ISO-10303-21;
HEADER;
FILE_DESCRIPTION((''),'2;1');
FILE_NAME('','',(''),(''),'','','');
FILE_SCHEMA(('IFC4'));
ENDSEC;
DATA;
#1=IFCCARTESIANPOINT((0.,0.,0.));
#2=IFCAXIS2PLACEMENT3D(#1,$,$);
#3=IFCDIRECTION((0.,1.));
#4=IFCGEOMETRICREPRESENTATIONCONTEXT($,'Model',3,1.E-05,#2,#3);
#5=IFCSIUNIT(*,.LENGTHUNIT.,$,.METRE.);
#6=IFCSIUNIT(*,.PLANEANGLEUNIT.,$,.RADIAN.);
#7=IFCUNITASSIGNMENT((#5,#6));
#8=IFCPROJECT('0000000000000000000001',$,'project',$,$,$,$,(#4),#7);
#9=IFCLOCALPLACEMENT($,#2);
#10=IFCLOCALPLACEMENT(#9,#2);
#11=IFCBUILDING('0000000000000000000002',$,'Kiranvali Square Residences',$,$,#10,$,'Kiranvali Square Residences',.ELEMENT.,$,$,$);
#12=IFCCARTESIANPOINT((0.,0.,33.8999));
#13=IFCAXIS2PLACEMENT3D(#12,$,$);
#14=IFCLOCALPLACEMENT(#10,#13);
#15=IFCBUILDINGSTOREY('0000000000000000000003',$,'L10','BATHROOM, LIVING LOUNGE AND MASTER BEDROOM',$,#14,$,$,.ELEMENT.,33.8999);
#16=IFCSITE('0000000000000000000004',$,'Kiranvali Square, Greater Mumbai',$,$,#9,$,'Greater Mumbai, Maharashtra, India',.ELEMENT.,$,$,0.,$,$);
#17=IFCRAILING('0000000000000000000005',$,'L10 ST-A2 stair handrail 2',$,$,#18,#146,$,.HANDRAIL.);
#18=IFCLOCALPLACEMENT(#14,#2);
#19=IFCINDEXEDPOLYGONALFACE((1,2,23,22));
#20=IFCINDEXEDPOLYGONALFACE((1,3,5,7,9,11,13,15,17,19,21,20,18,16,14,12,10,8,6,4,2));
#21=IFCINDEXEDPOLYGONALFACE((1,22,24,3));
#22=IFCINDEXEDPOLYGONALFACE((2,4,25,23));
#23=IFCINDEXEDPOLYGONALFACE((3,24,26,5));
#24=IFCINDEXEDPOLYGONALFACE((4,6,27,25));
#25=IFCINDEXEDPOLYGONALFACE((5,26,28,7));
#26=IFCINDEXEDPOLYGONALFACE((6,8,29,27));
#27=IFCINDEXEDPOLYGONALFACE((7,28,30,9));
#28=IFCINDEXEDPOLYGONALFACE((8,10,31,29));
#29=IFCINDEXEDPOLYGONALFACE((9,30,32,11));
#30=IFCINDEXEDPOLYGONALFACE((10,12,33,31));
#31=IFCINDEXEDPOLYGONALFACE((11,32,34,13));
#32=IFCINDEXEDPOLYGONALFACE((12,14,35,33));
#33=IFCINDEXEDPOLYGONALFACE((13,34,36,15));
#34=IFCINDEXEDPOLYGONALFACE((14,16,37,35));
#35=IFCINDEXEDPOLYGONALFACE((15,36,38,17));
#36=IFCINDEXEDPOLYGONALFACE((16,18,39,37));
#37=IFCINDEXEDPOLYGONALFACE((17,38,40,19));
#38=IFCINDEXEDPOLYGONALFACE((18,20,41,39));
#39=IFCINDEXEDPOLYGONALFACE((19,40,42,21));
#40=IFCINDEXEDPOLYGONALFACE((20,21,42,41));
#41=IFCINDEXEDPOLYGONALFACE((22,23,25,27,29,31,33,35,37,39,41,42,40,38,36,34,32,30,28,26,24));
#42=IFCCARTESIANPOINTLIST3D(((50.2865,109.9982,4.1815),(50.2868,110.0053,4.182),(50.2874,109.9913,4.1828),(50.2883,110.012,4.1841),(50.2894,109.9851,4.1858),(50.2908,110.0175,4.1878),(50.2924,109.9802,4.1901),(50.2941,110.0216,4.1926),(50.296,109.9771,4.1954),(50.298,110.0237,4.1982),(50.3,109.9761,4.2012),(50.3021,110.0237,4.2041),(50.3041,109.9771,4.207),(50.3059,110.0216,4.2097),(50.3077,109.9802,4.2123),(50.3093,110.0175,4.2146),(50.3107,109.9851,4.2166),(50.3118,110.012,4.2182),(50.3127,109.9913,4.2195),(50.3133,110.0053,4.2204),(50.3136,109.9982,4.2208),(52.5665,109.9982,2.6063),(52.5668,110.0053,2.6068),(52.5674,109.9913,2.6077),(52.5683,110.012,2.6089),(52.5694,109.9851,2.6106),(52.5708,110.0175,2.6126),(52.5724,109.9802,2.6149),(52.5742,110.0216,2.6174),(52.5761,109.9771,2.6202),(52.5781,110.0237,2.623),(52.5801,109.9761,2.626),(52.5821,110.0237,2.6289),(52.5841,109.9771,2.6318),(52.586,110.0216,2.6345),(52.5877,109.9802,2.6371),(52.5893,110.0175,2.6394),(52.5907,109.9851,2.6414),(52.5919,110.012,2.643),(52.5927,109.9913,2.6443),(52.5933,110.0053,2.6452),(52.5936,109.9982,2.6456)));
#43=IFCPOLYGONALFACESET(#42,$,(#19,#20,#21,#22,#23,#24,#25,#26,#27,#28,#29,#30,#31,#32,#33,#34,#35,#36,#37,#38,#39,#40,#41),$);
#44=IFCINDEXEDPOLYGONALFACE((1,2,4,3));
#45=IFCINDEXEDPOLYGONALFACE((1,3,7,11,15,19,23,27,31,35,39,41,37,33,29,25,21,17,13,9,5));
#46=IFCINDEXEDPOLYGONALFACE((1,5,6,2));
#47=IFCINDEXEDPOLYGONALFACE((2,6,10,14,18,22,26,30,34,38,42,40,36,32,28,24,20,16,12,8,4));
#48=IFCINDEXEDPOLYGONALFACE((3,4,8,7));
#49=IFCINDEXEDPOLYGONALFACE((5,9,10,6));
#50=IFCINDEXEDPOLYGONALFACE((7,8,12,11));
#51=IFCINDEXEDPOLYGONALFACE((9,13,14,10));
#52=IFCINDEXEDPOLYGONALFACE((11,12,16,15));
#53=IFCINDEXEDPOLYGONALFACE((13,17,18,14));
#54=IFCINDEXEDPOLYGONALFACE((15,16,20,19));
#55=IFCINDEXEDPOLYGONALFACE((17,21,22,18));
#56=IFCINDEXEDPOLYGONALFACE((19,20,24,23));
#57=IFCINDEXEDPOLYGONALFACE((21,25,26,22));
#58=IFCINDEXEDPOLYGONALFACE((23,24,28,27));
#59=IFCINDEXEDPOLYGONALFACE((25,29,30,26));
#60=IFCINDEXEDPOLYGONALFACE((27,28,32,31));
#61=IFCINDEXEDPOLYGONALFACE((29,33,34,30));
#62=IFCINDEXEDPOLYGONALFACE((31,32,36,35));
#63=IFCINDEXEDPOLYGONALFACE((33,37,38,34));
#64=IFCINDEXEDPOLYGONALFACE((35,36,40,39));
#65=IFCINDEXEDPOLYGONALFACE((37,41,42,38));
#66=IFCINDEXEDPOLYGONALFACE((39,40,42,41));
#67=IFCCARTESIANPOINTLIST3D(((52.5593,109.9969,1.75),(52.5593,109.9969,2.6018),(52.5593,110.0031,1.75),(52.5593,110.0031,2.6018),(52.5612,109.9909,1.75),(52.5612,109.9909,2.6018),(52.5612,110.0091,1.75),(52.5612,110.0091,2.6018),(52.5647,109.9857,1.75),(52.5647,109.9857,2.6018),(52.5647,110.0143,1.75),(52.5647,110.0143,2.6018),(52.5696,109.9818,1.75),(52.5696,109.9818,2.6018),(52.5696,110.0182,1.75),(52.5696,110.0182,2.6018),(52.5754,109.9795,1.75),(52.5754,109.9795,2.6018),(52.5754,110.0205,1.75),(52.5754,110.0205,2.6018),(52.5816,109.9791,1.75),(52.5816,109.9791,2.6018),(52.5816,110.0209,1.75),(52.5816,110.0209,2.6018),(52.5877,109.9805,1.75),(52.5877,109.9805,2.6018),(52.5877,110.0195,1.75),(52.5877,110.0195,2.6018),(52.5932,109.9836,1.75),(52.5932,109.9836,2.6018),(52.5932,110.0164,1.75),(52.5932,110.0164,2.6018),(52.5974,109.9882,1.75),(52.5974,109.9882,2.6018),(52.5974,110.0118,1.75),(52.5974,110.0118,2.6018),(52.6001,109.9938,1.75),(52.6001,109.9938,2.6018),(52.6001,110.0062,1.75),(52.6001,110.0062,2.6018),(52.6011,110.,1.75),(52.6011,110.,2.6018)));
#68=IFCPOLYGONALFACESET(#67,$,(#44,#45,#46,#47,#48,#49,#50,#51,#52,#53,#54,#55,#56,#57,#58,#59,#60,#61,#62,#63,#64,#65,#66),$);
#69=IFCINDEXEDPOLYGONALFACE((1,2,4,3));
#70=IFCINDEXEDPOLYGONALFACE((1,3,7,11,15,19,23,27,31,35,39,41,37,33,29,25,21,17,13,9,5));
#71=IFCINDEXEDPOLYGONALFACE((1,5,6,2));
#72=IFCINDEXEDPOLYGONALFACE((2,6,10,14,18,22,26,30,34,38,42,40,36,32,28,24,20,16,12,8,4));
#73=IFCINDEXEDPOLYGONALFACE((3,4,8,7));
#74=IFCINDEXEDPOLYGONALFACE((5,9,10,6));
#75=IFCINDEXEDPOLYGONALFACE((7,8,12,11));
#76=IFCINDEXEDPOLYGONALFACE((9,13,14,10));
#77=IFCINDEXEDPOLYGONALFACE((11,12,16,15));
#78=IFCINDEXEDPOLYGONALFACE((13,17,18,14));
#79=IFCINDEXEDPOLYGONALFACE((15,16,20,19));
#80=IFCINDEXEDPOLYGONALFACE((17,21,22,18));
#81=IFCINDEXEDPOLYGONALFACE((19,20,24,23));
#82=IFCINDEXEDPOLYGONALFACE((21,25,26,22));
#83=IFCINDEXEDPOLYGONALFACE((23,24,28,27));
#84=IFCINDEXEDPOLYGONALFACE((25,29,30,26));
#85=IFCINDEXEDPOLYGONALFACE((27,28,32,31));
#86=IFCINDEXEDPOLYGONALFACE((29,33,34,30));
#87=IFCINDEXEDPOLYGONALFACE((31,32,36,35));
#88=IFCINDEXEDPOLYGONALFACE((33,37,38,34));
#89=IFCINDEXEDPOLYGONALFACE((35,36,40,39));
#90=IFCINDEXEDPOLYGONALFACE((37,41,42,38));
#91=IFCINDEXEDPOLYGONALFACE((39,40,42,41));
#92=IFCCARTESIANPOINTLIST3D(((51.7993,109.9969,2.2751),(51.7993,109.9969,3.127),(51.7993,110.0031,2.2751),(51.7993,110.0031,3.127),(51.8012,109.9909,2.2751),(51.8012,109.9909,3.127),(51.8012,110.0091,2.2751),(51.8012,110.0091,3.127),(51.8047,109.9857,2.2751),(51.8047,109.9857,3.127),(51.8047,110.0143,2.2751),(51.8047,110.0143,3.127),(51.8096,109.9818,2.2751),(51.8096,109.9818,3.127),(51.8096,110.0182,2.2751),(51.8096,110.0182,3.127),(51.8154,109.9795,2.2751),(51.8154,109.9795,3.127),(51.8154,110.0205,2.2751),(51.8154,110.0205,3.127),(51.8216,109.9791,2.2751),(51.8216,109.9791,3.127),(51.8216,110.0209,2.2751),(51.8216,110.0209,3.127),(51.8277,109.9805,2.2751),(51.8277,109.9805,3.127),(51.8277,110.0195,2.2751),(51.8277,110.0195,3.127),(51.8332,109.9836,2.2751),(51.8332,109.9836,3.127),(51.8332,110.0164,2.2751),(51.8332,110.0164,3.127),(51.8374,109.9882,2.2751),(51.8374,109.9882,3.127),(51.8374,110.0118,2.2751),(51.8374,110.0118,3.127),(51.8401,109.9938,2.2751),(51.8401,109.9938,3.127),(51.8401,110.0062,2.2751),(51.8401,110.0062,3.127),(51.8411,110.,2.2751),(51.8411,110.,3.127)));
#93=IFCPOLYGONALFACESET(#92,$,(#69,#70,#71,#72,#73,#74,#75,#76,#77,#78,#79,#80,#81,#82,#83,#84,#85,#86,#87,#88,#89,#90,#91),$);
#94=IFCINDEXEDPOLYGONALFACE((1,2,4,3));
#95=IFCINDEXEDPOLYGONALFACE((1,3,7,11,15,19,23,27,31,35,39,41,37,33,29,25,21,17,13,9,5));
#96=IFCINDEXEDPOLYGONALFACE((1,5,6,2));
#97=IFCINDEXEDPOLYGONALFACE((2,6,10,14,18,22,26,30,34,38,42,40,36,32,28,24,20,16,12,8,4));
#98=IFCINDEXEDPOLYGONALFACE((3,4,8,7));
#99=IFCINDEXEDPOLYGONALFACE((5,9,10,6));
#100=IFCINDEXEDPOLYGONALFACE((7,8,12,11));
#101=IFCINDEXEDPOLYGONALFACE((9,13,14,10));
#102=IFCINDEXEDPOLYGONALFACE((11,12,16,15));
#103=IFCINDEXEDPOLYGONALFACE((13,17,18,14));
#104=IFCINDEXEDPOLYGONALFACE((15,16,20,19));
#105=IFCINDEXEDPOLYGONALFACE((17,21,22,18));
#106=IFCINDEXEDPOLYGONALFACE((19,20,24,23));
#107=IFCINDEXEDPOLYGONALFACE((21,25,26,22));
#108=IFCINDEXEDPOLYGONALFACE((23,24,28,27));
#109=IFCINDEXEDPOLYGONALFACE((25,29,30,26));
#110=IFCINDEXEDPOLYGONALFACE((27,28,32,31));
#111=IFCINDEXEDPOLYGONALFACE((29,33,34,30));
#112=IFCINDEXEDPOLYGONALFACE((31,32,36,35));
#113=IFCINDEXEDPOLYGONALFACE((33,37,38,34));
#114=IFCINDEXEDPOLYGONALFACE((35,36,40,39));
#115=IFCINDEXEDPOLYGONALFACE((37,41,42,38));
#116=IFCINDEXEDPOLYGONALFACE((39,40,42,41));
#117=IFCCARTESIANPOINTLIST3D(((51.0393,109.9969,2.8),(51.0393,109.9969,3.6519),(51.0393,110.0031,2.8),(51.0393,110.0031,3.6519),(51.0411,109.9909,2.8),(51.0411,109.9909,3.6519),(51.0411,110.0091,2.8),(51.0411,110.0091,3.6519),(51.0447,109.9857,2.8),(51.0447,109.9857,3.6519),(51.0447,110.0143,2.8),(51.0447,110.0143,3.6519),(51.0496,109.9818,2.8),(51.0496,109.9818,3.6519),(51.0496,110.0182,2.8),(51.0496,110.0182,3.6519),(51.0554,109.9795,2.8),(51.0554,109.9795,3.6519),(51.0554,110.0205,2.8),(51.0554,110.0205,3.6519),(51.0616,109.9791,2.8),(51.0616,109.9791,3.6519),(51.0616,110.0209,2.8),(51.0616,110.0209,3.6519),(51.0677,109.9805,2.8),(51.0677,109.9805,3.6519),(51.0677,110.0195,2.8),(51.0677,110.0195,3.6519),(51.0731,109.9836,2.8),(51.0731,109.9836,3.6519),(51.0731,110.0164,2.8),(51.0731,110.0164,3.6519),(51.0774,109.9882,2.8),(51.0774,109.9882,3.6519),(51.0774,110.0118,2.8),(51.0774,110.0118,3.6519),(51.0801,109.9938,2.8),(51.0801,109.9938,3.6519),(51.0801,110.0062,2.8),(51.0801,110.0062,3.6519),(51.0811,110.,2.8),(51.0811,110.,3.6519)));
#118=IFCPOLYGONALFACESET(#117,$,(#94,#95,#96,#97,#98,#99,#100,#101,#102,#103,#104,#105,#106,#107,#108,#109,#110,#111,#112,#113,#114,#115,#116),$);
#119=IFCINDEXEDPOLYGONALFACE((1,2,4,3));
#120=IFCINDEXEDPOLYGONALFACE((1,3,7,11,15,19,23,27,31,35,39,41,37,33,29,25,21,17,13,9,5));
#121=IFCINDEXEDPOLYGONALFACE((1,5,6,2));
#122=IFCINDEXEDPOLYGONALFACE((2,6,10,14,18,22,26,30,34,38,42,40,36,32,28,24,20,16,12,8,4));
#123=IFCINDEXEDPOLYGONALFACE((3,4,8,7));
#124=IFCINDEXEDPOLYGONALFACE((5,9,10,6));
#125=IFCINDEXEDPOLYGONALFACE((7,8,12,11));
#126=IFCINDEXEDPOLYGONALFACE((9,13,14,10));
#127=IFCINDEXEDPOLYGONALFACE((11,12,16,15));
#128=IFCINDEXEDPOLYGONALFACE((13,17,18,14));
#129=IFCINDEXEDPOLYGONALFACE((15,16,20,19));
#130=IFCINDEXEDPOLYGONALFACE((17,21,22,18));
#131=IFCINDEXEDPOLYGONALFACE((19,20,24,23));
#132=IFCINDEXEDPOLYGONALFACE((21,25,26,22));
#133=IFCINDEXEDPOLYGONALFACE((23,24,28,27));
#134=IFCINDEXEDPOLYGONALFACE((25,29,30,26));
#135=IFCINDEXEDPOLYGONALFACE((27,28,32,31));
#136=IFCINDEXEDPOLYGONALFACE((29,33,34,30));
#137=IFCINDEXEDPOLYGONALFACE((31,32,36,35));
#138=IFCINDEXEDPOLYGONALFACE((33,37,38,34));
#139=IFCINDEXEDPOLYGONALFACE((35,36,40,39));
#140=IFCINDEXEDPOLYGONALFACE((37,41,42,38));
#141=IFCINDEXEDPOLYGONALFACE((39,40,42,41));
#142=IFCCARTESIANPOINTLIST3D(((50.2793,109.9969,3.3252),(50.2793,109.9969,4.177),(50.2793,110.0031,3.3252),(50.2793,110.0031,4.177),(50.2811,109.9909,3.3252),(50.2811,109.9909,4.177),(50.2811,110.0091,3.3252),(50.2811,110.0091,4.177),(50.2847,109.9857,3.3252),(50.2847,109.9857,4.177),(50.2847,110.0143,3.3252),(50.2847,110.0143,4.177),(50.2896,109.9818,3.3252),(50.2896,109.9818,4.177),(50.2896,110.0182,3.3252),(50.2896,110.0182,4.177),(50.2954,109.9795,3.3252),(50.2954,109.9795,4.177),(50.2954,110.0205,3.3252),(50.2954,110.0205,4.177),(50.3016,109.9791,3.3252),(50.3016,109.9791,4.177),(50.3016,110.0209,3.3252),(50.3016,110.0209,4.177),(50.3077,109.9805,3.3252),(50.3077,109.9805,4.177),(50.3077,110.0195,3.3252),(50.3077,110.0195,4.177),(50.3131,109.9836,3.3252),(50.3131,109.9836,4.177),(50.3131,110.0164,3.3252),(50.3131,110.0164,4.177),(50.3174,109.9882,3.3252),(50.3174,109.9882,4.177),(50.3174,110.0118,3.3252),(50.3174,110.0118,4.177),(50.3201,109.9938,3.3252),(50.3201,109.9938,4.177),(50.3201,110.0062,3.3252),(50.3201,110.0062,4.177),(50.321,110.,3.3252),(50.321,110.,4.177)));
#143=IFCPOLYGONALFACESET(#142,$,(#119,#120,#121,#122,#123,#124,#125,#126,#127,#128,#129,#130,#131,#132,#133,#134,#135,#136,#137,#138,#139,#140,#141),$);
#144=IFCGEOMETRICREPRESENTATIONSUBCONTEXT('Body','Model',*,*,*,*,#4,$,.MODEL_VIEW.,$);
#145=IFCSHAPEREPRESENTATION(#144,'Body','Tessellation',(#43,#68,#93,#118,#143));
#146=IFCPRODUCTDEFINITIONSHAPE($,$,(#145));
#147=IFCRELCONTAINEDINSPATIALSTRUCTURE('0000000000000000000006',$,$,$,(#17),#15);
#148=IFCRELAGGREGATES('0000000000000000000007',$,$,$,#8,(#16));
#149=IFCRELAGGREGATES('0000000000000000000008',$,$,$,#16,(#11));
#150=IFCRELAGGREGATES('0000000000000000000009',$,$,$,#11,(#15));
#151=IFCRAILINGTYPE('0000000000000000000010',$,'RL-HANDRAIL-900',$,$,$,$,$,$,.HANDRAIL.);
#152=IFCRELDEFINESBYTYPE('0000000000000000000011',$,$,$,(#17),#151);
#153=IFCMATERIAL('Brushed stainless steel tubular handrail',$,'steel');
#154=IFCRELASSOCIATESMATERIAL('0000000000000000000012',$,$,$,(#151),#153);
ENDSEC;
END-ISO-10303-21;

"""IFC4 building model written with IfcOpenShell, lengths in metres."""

from ifc_helpers import new_model, si_unit, direction, frame, origin, origin_2d, place, context, subcontext, project, spatial, circle, extrude, material, type_object, element, save


model = new_model("IFC4")

# Units and contexts
model_context = context("Model", 3, precision=1e-05, world=origin(), true_north=direction((0.0, 1.0)))
body_context = subcontext(model_context, "Body", "Model", "MODEL_VIEW")
ifc_project = project(units=[si_unit("LENGTHUNIT", "METRE"), si_unit("PLANEANGLEUNIT", "RADIAN")], contexts=[model_context])

# Site, building, storey
site_placement = place(None, origin())
site = spatial("IfcSite", under=ifc_project, at=site_placement, Name="Kiranvali Square, Greater Mumbai", LongName="Greater Mumbai, Maharashtra, India", CompositionType="ELEMENT", RefElevation=0.0)
building_placement = place(site_placement, origin())
building = spatial("IfcBuilding", under=site, at=building_placement, Name="Kiranvali Square Residences", LongName="Kiranvali Square Residences", CompositionType="ELEMENT")
storey_placement = place(building_placement, frame((0.0, 0.0, 33.8999)))
storey = spatial("IfcBuildingStorey", under=building, at=storey_placement, Name="L10", Description="BATHROOM, LIVING LOUNGE AND MASTER BEDROOM", CompositionType="ELEMENT", Elevation=33.8999)

# Railing
ifc_material_1 = material(Name="Brushed stainless steel tubular handrail", Category="steel")
railing_type_1 = type_object("IfcRailingType", Name="RL-HANDRAIL-900", PredefinedType="HANDRAIL", material=ifc_material_1)
railing_1_placement = place(storey_placement, frame((52.5801, 110.0, 1.75)))
element("IfcRailing", 1, at=railing_1_placement, inside=storey, type_object=railing_type_1, Name="L10 ST-A2 stair handrail 2", PredefinedType="HANDRAIL", context=body_context, shape_type="SweptSolid", body=[
    extrude(circle(Radius=0.0239, at=origin_2d()), frame((0.0, 0.0, 0.876), z_axis=(-0.822747, 0.0, 0.568408), x_axis=(0.0, -1.0, 0.0)), (0.0, 0.0, 1.0), 2.7712),
    extrude(circle(Radius=0.021, at=origin_2d()), origin(), (0.0, 0.0, 1.0), 0.8518),
    extrude(circle(Radius=0.021, at=origin_2d()), frame((-0.76, 0.0, 0.5251)), (0.0, 0.0, 1.0), 0.8518),
    extrude(circle(Radius=0.021, at=origin_2d()), frame((-1.52, 0.0, 1.05)), (0.0, 0.0, 1.0), 0.8518),
    extrude(circle(Radius=0.021, at=origin_2d()), frame((-2.28, 0.0, 1.5752)), (0.0, 0.0, 1.0), 0.8518),
])

save(model, "model.ifc")
